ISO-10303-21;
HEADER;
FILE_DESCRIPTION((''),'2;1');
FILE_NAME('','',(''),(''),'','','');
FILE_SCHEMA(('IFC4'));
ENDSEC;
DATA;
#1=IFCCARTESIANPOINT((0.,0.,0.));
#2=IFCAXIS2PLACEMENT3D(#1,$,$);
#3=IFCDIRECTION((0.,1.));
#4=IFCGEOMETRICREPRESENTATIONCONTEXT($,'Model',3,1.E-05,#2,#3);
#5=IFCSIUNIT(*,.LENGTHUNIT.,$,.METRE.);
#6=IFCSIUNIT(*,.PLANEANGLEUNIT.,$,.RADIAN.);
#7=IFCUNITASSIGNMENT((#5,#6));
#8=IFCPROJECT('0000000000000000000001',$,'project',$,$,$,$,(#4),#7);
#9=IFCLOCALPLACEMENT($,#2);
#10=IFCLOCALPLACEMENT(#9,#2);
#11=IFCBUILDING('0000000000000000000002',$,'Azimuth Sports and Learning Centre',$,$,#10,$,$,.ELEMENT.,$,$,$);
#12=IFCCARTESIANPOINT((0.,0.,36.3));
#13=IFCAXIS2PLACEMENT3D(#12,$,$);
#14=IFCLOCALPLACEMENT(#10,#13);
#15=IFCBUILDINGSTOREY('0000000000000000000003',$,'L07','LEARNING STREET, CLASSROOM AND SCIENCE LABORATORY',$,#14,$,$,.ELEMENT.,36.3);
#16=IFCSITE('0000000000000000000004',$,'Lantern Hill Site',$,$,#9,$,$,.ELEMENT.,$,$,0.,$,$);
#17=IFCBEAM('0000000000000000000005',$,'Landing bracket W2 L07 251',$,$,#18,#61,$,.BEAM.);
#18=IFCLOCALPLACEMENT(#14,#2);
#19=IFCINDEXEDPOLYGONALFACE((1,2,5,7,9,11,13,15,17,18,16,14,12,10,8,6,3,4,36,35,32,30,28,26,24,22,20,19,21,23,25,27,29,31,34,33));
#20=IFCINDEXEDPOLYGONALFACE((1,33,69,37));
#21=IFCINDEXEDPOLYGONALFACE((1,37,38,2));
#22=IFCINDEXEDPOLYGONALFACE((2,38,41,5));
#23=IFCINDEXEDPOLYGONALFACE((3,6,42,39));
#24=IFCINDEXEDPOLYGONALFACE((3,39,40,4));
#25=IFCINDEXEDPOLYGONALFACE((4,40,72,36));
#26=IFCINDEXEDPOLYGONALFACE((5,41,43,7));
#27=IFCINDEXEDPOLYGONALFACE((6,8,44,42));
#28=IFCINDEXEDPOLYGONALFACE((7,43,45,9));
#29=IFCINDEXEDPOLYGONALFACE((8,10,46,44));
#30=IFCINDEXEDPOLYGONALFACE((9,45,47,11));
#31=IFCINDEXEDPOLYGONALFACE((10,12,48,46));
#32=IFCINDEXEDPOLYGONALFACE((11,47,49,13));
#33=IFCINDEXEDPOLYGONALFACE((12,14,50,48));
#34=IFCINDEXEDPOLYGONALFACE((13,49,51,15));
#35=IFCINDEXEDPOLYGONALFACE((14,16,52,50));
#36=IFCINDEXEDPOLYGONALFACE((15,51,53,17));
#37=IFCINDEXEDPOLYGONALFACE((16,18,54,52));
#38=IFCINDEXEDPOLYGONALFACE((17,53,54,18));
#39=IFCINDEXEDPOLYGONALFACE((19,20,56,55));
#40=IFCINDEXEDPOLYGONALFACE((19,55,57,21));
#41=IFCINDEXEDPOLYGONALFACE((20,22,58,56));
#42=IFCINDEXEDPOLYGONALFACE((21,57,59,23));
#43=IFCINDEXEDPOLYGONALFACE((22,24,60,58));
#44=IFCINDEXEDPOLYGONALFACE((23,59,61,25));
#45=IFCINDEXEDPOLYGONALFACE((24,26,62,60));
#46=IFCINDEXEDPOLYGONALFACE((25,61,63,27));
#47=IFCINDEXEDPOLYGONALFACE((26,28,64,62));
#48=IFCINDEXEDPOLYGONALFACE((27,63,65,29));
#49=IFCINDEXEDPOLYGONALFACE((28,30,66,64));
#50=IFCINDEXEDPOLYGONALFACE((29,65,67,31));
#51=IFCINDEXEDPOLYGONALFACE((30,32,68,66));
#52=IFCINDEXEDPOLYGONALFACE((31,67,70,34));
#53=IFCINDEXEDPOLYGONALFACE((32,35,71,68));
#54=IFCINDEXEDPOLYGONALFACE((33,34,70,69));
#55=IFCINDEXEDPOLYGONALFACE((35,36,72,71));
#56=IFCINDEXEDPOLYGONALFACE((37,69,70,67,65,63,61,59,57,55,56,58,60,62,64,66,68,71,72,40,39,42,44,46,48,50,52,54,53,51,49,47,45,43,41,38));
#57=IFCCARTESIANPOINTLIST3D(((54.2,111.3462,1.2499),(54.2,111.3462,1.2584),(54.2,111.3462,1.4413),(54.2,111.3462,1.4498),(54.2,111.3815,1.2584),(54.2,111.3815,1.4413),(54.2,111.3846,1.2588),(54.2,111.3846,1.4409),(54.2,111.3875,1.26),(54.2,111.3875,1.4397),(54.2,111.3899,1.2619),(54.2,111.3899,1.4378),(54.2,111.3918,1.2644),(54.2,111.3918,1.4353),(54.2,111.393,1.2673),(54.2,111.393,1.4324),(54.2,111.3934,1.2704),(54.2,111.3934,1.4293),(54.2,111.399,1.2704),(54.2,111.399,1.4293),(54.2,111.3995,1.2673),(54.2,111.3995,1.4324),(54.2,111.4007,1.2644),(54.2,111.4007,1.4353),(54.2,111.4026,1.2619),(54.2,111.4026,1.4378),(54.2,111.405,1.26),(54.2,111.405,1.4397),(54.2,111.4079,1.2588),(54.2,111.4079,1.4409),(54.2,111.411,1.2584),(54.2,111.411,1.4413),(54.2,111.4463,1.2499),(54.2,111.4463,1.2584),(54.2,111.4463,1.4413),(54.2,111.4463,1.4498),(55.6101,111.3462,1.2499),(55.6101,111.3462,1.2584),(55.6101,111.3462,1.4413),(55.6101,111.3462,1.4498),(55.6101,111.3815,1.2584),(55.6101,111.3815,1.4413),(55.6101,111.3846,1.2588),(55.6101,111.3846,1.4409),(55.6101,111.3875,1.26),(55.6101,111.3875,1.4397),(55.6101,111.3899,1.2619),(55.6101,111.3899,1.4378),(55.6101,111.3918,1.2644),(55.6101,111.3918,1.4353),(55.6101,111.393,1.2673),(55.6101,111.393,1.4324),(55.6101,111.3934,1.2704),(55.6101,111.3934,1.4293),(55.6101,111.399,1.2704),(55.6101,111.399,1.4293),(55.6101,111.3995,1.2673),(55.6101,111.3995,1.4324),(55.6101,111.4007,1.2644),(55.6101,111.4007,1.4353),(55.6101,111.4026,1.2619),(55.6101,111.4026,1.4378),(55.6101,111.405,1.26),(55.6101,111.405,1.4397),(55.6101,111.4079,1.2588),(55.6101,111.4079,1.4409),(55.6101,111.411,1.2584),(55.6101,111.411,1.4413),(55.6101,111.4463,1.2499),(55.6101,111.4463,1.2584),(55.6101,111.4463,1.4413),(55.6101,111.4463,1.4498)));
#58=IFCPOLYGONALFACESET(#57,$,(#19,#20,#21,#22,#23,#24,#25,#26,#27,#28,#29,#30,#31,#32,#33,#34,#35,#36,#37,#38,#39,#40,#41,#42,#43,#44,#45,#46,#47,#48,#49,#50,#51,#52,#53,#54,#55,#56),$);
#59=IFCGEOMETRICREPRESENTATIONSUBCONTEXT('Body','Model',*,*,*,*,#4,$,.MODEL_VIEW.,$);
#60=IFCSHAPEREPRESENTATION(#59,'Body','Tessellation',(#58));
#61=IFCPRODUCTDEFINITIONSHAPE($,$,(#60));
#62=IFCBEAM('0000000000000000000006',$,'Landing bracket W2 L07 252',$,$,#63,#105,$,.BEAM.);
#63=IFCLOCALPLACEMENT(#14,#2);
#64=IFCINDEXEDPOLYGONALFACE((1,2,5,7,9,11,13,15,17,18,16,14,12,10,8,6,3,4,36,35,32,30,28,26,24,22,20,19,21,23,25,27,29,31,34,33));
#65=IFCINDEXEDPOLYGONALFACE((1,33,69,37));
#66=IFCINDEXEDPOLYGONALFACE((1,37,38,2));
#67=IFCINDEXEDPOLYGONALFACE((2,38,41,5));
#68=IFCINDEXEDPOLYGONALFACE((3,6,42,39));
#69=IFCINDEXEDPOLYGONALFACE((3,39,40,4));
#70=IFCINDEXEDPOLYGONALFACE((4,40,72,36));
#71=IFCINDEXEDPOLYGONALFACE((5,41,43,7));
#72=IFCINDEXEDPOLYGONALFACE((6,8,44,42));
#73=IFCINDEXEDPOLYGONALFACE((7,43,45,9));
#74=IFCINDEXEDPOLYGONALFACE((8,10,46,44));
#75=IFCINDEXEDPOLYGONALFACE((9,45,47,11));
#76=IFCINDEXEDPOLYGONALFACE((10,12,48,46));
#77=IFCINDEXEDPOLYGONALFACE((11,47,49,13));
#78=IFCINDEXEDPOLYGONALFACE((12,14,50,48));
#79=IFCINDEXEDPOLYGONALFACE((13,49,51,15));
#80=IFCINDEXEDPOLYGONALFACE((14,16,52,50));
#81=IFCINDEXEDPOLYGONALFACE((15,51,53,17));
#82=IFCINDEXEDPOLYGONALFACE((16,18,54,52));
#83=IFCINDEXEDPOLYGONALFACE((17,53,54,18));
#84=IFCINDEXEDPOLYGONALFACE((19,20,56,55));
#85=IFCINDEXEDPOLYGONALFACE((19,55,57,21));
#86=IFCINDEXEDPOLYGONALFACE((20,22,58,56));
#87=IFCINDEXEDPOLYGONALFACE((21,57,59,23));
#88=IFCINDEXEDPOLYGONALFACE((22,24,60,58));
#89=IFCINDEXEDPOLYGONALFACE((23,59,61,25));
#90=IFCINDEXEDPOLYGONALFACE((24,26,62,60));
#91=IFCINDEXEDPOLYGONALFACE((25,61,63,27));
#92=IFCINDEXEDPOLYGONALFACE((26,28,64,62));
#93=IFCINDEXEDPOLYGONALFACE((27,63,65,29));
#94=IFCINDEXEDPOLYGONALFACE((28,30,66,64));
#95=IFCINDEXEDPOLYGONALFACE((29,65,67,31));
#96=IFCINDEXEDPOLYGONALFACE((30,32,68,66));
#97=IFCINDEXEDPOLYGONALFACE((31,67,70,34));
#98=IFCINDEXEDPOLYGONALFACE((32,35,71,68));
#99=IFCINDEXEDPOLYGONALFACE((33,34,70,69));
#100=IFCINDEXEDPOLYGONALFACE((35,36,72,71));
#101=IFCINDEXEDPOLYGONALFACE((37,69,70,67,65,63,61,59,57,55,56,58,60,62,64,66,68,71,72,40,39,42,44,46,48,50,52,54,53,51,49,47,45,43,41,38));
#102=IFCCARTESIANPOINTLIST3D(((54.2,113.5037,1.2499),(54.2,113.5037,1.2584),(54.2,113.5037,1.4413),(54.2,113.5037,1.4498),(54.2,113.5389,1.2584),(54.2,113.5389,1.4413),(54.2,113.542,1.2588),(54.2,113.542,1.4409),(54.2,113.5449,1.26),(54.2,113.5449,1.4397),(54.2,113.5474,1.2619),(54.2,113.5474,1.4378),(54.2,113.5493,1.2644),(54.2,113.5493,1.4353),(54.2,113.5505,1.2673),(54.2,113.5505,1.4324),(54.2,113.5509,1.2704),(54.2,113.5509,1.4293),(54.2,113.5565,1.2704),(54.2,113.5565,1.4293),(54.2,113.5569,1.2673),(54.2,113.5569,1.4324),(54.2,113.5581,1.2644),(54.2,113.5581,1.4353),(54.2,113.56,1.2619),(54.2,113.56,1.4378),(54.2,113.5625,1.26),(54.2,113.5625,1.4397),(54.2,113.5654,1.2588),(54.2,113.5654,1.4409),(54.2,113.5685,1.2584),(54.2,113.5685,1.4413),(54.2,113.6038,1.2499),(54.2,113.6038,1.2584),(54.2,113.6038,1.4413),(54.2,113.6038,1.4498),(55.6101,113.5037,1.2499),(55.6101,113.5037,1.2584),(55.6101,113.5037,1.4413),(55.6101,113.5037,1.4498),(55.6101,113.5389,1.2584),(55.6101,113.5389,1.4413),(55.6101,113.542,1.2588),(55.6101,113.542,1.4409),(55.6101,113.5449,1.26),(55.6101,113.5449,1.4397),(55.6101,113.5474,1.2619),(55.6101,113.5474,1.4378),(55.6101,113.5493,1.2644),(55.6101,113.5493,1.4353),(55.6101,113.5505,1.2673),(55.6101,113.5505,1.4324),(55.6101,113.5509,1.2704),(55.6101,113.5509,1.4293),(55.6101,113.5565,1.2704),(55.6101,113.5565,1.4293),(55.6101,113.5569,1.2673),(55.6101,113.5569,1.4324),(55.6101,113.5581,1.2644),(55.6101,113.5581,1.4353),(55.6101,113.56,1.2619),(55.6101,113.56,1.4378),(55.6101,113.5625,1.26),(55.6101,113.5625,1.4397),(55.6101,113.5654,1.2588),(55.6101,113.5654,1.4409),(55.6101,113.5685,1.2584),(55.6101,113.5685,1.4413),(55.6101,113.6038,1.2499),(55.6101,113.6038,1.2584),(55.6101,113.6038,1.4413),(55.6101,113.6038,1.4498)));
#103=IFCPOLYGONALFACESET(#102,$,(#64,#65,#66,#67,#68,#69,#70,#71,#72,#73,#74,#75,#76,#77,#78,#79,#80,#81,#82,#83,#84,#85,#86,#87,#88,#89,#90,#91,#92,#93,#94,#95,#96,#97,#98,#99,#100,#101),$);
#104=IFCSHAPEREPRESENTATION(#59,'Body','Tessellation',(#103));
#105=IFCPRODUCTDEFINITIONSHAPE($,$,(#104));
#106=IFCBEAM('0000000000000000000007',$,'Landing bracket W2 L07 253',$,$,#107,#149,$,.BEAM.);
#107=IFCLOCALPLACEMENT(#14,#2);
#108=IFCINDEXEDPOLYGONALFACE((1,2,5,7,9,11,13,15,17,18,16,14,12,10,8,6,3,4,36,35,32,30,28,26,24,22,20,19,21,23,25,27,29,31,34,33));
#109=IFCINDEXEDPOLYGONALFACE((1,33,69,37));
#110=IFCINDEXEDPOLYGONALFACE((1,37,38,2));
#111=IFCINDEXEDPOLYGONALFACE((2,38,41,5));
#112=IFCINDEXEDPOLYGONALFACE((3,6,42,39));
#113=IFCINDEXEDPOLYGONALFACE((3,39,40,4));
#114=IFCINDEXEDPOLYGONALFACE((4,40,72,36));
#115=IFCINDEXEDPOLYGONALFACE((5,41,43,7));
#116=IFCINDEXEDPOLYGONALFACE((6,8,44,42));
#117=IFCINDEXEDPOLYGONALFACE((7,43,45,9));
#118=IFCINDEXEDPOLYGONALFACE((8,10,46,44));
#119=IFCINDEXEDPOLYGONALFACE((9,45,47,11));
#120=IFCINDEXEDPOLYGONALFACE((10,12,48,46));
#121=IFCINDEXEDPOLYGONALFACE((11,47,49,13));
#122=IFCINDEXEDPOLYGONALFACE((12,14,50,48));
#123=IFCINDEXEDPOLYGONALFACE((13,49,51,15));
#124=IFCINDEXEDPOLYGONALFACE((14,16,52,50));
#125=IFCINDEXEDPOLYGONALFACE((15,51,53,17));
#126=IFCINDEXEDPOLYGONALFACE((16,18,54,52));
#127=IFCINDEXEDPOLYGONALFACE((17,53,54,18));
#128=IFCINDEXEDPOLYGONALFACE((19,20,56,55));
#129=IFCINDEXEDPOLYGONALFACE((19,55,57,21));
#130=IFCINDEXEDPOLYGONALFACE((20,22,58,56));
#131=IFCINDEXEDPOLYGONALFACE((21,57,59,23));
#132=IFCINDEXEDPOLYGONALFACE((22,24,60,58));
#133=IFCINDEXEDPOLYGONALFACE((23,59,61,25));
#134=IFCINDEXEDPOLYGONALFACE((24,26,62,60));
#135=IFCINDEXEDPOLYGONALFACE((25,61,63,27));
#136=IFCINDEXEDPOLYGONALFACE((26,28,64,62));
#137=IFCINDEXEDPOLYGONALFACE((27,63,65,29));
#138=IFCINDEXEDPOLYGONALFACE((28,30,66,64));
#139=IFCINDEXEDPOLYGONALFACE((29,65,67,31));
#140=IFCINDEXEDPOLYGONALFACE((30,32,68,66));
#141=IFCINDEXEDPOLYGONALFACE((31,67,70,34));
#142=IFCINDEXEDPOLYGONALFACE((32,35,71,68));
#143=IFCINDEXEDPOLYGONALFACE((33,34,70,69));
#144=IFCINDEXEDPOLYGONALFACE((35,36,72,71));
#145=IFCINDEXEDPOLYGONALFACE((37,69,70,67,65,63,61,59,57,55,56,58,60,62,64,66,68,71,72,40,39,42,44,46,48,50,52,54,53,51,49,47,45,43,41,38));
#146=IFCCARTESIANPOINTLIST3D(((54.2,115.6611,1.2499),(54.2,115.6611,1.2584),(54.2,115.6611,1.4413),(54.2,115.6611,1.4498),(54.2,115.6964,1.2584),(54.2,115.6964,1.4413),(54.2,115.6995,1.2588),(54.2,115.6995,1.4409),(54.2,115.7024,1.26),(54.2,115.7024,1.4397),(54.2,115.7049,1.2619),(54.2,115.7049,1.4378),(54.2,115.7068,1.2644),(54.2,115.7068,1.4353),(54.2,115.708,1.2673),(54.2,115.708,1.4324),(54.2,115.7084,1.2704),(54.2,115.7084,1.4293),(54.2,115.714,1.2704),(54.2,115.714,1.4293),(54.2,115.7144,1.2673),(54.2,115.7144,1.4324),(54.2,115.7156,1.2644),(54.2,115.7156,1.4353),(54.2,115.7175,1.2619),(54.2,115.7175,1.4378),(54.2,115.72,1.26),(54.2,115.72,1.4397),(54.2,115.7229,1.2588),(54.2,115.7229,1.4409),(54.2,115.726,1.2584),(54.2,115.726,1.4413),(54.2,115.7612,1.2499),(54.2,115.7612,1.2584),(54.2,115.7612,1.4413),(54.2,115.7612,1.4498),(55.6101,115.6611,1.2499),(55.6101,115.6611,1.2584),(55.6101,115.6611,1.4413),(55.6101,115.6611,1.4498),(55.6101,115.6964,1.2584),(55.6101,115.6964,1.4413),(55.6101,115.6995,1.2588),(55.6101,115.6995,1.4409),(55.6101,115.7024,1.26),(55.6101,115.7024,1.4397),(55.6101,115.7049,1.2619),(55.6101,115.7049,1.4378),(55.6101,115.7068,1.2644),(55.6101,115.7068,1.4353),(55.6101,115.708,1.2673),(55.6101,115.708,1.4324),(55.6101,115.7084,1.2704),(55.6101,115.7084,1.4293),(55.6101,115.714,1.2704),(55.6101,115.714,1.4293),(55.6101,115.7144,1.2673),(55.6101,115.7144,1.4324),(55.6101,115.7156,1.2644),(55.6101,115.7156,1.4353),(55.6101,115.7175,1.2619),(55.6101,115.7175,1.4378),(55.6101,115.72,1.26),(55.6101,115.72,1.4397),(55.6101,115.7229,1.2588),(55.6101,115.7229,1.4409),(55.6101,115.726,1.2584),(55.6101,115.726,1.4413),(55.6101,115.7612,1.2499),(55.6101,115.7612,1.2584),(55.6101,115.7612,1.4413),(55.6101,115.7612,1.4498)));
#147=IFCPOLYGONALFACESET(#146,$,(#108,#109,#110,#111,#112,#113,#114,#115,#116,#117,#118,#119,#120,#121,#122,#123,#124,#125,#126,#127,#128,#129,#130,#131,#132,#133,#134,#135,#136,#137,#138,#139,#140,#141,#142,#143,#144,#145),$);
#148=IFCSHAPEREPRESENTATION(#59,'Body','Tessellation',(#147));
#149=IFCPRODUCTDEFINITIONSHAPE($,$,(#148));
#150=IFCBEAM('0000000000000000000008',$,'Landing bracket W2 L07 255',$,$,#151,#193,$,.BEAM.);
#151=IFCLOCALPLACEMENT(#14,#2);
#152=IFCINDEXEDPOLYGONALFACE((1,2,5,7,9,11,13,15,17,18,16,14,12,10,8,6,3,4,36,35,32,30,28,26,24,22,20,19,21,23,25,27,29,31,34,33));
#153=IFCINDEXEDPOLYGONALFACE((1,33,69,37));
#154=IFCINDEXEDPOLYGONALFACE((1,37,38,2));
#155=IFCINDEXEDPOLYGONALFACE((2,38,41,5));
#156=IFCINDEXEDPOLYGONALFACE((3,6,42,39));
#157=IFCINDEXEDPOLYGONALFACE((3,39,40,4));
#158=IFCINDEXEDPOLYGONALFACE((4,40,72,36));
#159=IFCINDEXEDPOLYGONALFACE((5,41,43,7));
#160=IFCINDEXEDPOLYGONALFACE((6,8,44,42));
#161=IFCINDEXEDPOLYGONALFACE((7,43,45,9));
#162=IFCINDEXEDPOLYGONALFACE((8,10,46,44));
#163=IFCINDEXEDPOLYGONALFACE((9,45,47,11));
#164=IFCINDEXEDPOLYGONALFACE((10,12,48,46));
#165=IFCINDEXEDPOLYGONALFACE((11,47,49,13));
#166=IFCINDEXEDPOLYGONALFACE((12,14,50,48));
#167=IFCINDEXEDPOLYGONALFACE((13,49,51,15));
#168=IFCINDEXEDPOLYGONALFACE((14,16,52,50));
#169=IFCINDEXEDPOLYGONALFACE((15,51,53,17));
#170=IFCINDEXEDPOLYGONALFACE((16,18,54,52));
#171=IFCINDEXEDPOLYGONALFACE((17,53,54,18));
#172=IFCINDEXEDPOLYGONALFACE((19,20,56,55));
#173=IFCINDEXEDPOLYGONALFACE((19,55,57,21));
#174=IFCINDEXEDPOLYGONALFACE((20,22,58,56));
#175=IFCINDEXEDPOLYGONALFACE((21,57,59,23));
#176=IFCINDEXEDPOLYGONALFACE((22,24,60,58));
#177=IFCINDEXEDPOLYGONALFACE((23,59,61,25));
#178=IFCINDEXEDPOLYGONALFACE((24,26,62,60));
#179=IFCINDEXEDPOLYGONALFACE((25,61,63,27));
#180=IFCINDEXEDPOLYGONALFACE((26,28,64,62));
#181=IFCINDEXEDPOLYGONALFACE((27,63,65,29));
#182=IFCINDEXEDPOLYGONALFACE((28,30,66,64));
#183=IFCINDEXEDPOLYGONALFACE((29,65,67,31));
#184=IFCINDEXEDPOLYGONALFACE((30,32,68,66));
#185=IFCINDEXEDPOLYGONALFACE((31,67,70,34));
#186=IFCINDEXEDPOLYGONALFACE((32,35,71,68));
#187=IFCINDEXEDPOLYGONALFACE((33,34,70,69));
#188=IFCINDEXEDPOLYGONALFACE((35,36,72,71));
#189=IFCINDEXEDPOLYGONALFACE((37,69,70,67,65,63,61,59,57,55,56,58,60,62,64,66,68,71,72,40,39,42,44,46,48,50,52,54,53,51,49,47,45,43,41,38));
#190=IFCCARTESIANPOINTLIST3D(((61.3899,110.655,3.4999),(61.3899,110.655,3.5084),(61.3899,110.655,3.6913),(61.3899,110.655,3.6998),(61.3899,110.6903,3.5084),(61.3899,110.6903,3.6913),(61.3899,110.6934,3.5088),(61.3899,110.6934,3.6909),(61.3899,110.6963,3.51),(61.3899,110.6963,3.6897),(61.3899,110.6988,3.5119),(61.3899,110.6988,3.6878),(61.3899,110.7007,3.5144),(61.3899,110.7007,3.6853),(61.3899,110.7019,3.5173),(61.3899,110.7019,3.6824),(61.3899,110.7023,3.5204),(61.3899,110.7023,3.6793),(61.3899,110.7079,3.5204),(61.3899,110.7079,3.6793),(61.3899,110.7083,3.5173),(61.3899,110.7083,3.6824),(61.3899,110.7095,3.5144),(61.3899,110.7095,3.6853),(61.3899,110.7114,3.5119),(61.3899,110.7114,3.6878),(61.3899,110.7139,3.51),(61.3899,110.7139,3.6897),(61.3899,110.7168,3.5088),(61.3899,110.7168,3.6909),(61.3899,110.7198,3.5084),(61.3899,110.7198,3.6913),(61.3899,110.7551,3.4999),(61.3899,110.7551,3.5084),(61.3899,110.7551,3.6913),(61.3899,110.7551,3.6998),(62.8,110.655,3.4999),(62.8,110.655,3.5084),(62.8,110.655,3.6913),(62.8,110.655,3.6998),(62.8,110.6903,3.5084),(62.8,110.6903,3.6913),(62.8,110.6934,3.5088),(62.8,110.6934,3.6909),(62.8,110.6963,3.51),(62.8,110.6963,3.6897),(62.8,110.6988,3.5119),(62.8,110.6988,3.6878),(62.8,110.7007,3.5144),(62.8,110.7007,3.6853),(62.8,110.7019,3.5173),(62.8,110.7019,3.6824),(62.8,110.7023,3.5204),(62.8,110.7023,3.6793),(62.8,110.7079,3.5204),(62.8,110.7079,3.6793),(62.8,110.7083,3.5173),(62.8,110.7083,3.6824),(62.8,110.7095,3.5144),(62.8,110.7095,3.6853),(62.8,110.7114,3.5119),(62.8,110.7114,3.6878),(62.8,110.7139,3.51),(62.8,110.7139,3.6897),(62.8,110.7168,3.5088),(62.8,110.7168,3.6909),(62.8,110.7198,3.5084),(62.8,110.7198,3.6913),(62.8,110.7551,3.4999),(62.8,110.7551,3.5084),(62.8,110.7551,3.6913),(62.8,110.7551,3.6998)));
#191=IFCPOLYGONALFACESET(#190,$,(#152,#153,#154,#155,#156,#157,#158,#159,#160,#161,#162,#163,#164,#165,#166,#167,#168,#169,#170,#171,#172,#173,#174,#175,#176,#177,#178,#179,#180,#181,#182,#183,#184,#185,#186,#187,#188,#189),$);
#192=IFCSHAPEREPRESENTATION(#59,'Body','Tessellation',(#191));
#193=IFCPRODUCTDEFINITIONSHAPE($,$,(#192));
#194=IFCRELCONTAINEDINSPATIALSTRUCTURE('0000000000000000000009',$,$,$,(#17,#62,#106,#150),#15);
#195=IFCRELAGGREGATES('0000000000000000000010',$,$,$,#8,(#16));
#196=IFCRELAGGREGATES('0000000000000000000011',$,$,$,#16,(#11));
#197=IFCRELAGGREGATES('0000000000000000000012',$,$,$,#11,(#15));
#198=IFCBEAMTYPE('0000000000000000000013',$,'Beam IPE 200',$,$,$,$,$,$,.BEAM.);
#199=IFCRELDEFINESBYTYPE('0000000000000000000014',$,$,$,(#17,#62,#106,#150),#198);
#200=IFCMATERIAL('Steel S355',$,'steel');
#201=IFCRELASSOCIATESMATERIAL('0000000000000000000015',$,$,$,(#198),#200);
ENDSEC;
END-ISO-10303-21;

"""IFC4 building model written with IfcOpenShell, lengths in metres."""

from ifc_helpers import new_model, si_unit, direction, frame, origin, origin_2d, place, context, subcontext, project, spatial, i_section, extrude, material, material_profile, profile_set, type_object, element, save


model = new_model("IFC4")

# Units and contexts
model_context = context("Model", 3, precision=1e-05, world=origin(), true_north=direction((0.0, 1.0)))
body_context = subcontext(model_context, "Body", "Model", "MODEL_VIEW")
ifc_project = project(units=[si_unit("LENGTHUNIT", "METRE"), si_unit("PLANEANGLEUNIT", "RADIAN")], contexts=[model_context])

# Site, building, storey
site_placement = place(None, origin())
site = spatial("IfcSite", under=ifc_project, at=site_placement, Name="Lantern Hill Site", CompositionType="ELEMENT", RefElevation=0.0)
building_placement = place(site_placement, origin())
building = spatial("IfcBuilding", under=site, at=building_placement, Name="Azimuth Sports and Learning Centre", CompositionType="ELEMENT")
storey_placement = place(building_placement, frame((0.0, 0.0, 36.3)))
storey = spatial("IfcBuildingStorey", under=building, at=storey_placement, Name="L07", Description="LEARNING STREET, CLASSROOM AND SCIENCE LABORATORY", CompositionType="ELEMENT", Elevation=36.3)

# Beams
ifc_material_1 = material(Name="Steel S355", Category="steel")
ifc_material_profile_1 = material_profile(ifc_material_1, i_section(OverallWidth=0.1001, OverallDepth=0.2, WebThickness=0.0056, FlangeThickness=0.0085, FilletRadius=0.012, at=origin_2d()), Name="IPE 200")
ifc_profile_set_1 = profile_set([ifc_material_profile_1], Name="Steel S355")
beam_type_1 = type_object("IfcBeamType", Name="Beam IPE 200", PredefinedType="BEAM", material=ifc_profile_set_1)
for number, where, z_axis, x_axis, name in (
    (1, (54.2, 111.3962, 1.3499), (1.0, 0.0, 0.0), (0.0, 1.0, 0.0), "Landing bracket W2 L07 251"),
    (2, (54.2, 113.5537, 1.3499), (1.0, 0.0, 0.0), (0.0, 1.0, 0.0), "Landing bracket W2 L07 252"),
    (3, (54.2, 115.7112, 1.3499), (1.0, 0.0, 0.0), (0.0, 1.0, 0.0), "Landing bracket W2 L07 253"),
    (4, (62.8, 110.7051, 3.5999), (-1.0, 0.0, 0.0), (0.0, -1.0, 0.0), "Landing bracket W2 L07 255"),
):
    element("IfcBeam", number, at=place(storey_placement, frame(where, z_axis=z_axis, x_axis=x_axis)), inside=storey, type_object=beam_type_1, Name=name, PredefinedType="BEAM", context=body_context, shape_type="SweptSolid", body=[
        extrude(i_section(OverallWidth=0.1001, OverallDepth=0.2, WebThickness=0.0056, FlangeThickness=0.0085, FilletRadius=0.012, at=origin_2d()), origin(), (0.0, 0.0, 1.0), 1.4102),
    ])

save(model, "model.ifc")
